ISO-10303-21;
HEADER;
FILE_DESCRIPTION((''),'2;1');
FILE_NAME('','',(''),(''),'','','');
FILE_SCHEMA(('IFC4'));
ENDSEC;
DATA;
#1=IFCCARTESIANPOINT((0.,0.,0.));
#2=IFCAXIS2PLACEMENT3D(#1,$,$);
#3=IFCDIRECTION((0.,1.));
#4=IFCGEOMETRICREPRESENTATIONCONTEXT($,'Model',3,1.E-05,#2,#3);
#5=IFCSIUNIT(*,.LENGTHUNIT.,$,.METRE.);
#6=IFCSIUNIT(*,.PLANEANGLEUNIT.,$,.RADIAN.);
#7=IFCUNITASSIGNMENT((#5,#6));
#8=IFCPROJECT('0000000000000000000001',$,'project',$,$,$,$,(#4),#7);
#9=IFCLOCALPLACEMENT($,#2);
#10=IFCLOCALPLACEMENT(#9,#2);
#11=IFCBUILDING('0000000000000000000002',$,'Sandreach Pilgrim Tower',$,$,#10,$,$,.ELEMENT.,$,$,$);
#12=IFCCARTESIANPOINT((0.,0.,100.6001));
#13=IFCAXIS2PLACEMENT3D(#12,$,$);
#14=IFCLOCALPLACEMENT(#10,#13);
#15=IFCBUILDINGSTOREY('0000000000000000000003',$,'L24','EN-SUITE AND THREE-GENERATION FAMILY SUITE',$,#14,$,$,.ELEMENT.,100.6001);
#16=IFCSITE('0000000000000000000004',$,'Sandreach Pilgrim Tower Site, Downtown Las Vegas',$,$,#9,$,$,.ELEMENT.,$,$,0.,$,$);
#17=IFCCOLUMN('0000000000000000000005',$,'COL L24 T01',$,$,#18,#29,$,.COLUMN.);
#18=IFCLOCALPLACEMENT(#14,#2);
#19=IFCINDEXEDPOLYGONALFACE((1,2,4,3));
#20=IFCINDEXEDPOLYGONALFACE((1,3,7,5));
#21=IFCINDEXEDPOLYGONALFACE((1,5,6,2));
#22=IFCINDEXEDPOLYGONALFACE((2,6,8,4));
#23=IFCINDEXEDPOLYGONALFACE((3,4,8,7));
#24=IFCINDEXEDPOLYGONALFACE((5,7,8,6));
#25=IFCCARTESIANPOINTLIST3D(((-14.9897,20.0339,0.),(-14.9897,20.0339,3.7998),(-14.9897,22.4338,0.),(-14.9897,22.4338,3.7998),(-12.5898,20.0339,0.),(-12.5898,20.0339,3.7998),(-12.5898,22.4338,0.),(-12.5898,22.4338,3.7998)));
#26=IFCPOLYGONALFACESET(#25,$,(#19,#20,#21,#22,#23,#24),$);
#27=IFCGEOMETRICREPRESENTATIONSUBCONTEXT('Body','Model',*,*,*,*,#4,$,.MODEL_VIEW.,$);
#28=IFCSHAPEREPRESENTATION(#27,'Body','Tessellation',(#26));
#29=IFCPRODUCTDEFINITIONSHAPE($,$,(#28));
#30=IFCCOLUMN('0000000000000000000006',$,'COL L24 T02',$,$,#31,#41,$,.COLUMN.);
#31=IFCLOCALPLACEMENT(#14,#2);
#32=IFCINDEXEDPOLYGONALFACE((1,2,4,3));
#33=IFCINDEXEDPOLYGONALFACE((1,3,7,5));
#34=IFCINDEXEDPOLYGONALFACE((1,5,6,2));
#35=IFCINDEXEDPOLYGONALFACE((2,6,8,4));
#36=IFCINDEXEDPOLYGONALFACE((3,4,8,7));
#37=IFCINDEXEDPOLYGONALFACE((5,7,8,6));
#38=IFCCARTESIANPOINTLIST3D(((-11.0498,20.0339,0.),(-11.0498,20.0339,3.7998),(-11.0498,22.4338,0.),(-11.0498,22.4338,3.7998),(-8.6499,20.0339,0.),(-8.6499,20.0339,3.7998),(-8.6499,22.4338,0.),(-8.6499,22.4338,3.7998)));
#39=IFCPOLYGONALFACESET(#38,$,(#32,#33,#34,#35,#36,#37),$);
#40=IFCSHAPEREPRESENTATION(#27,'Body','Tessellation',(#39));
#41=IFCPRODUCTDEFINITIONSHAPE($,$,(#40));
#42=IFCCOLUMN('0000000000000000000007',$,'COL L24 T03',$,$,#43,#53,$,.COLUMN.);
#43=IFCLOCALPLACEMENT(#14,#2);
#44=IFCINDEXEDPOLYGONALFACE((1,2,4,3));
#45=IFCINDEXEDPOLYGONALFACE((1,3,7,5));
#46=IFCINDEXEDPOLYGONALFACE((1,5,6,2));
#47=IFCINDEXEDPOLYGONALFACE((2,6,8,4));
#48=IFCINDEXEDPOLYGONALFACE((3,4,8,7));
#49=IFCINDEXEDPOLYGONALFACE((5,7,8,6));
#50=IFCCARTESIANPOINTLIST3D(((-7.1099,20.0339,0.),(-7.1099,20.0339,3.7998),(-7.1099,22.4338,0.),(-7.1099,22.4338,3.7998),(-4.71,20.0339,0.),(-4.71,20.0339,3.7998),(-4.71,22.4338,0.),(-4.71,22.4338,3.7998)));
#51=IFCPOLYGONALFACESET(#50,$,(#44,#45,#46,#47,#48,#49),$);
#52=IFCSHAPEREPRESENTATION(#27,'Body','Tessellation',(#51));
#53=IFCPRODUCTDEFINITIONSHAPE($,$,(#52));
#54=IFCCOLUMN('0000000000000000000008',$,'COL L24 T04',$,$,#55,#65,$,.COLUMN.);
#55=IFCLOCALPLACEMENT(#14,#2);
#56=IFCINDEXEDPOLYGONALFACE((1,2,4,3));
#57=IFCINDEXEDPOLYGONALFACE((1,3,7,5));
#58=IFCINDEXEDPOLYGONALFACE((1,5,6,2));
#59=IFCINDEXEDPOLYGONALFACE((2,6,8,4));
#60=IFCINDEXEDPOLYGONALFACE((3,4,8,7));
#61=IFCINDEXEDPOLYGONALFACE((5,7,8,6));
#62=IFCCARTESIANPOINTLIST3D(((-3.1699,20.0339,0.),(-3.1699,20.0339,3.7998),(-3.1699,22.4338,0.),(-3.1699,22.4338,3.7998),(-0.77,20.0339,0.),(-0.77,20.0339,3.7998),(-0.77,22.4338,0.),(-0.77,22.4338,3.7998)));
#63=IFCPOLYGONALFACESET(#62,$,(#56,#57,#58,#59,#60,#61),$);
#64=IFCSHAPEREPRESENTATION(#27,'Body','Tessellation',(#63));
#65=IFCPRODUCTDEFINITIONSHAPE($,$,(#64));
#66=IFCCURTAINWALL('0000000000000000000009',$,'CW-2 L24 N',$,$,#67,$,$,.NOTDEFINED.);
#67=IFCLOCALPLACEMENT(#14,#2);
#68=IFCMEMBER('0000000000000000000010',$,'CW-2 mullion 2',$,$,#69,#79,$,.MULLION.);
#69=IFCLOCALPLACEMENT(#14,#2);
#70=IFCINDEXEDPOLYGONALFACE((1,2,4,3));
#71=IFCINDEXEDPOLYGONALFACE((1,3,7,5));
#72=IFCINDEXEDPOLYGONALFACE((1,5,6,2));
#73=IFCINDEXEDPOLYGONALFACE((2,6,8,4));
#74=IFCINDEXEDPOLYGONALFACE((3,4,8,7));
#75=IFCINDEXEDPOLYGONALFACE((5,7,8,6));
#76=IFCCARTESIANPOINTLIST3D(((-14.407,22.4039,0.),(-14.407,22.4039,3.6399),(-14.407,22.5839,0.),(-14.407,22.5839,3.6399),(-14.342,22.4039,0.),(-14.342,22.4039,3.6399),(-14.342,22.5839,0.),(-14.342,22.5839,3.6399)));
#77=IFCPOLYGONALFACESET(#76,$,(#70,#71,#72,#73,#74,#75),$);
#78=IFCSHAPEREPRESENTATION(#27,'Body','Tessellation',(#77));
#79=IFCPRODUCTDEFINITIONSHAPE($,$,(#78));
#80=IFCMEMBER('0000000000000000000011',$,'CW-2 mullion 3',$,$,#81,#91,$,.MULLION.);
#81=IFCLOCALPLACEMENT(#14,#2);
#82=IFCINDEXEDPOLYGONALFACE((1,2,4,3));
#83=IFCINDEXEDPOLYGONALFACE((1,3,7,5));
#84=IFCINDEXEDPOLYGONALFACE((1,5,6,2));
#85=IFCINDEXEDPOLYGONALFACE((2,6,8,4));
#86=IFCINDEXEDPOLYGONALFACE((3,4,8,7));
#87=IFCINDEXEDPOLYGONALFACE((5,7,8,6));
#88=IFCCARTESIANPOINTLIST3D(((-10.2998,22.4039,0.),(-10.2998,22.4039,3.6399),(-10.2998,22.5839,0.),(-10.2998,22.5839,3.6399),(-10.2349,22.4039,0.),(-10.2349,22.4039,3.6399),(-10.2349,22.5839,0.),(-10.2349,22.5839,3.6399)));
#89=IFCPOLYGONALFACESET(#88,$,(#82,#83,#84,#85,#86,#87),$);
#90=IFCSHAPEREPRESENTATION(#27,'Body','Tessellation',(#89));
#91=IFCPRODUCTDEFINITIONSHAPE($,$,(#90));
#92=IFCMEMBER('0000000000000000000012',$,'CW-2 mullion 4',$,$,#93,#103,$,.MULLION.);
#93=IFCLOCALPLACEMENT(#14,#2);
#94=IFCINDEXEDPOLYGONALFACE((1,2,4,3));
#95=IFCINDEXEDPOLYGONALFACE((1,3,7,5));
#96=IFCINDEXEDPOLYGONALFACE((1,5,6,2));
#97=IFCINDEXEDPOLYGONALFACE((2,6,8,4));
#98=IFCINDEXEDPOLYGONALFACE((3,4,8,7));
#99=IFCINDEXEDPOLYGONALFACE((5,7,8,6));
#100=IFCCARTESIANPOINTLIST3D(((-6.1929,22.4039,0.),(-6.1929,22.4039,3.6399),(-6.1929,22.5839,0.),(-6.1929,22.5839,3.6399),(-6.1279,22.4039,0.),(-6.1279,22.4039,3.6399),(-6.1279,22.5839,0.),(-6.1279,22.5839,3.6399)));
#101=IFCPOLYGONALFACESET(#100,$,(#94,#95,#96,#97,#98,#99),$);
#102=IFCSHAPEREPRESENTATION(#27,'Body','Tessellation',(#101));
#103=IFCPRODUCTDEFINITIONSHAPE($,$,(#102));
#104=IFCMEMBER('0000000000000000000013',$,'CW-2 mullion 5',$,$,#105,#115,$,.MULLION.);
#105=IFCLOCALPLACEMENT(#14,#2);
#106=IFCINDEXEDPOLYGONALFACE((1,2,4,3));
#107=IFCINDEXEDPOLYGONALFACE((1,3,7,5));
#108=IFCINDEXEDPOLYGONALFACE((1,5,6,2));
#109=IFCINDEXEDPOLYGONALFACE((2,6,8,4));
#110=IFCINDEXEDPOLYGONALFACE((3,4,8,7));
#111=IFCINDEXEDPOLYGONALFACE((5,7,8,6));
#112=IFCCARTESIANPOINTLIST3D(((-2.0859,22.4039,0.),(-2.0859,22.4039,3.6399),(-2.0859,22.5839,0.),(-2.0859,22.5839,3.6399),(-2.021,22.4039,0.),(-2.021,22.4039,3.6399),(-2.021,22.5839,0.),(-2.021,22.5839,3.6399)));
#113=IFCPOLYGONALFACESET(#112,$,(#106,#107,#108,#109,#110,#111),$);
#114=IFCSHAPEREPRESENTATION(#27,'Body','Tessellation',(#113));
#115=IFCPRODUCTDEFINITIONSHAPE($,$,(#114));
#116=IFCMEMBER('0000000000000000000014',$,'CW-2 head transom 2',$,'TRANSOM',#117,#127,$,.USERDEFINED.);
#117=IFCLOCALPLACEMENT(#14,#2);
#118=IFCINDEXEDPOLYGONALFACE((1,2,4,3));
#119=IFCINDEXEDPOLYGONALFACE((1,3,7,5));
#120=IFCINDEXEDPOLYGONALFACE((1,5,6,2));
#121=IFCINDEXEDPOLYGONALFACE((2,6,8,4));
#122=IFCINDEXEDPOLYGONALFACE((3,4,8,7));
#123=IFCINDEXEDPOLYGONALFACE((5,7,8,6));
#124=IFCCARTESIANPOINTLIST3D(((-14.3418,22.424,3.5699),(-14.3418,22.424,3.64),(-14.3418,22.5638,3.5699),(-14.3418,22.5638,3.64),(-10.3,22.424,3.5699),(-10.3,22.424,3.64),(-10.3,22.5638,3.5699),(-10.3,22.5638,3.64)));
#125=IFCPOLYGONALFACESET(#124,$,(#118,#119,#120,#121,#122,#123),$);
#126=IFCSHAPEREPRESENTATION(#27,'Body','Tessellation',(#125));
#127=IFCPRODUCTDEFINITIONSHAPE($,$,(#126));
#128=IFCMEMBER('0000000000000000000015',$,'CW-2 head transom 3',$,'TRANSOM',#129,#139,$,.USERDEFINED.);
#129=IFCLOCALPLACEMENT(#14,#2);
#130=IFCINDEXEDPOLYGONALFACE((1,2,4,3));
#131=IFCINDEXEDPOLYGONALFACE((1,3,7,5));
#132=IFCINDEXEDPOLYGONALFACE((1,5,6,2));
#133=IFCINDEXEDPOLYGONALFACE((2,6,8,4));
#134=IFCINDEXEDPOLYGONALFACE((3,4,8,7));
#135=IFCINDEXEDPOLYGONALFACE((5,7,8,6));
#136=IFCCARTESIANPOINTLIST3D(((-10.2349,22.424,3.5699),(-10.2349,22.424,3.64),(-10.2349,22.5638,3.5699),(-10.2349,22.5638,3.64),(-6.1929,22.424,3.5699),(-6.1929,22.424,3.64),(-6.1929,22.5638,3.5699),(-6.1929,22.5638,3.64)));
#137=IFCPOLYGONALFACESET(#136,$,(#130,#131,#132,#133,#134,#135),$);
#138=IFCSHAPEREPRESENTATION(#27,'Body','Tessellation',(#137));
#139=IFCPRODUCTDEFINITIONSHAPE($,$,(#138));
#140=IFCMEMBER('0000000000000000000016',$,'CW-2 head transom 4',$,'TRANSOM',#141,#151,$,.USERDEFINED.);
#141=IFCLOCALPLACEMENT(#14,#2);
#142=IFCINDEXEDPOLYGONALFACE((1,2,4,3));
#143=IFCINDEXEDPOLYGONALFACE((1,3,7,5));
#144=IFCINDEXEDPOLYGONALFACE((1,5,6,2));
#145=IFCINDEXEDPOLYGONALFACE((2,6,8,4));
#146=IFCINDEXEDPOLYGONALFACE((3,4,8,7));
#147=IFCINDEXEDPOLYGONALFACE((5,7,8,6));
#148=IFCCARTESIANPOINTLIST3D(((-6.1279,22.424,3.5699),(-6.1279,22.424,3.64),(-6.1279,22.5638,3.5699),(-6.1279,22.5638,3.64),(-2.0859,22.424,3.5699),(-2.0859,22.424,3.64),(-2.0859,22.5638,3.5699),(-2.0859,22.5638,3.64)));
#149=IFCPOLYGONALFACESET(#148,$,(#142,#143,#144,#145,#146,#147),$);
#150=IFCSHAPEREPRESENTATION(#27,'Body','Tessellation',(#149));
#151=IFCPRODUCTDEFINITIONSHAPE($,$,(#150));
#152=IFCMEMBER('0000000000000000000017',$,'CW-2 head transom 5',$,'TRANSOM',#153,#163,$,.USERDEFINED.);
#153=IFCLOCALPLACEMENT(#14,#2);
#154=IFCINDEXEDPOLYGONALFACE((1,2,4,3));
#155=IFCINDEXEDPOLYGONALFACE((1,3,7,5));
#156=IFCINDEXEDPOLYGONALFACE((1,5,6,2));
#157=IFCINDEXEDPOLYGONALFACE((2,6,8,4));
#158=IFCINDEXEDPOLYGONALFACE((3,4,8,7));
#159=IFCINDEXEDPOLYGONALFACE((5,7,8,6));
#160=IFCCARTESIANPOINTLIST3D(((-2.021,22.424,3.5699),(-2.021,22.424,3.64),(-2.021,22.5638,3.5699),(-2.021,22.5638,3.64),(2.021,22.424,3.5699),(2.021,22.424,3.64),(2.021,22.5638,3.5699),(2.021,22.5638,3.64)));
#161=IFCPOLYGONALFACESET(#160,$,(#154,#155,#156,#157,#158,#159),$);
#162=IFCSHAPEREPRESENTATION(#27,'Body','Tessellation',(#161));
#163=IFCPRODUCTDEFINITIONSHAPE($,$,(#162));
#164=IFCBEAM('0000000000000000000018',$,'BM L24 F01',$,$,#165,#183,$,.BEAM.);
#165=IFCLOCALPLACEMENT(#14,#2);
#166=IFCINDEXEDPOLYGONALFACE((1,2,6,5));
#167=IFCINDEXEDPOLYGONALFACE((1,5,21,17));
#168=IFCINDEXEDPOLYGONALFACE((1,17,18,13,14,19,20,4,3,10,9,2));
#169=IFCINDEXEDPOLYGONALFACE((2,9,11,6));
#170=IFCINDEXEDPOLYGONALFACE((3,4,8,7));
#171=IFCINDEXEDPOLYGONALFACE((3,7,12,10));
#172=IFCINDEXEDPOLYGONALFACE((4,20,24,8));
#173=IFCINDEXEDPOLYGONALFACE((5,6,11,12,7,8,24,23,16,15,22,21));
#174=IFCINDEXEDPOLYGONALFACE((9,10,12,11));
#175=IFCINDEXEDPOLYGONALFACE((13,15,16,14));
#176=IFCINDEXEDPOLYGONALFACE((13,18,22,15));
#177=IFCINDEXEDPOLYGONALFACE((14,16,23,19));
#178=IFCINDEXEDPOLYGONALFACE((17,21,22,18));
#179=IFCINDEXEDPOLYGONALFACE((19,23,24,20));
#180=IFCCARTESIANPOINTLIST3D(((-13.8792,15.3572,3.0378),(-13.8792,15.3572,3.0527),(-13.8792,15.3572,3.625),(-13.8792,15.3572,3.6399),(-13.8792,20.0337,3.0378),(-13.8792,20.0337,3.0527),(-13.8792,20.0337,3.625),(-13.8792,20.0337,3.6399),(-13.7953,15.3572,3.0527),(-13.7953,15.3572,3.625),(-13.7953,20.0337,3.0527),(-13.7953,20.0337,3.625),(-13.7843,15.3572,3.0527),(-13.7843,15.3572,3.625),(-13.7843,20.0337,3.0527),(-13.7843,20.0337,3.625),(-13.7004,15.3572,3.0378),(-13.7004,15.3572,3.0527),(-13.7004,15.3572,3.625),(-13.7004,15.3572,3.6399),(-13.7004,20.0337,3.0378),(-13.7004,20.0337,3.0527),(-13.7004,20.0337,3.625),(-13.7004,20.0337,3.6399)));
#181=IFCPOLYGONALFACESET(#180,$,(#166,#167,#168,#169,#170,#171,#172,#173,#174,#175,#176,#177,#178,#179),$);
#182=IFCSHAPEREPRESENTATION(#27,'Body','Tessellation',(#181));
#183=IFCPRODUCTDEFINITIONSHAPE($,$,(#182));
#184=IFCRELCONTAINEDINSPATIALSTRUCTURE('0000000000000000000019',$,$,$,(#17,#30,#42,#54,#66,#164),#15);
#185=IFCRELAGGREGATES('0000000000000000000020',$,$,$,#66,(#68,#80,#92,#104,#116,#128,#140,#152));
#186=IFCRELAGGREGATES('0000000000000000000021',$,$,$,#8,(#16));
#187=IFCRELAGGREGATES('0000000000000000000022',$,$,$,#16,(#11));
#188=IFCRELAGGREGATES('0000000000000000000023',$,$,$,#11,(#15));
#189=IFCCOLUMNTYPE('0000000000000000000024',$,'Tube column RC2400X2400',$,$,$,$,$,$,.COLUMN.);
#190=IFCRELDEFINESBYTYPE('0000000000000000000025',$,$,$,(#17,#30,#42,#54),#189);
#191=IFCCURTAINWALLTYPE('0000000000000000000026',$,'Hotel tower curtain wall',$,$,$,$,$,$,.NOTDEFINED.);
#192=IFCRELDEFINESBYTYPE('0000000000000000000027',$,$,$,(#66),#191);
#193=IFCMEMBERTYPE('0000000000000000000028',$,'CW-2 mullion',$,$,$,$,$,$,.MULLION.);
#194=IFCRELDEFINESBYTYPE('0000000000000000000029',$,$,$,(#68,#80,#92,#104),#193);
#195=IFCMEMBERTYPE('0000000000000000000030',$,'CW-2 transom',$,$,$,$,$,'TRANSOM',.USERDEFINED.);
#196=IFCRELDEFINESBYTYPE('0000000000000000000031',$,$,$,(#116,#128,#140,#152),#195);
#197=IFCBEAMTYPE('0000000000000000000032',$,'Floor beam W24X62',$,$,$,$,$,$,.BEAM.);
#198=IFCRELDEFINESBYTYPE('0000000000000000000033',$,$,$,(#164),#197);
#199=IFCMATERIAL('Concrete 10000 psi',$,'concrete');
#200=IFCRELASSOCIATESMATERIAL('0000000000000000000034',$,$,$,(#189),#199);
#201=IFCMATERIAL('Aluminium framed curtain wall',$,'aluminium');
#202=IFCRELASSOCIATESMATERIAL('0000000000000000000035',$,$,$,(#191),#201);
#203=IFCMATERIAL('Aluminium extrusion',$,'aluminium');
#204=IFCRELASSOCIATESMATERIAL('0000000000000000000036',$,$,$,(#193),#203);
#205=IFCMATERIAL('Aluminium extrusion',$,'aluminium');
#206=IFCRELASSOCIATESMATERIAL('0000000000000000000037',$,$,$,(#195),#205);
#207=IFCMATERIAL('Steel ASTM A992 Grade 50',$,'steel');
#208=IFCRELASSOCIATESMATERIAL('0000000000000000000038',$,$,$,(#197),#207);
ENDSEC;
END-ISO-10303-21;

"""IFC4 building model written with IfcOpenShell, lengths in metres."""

from ifc_helpers import new_model, si_unit, direction, frame, origin, origin_2d, place, context, subcontext, project, spatial, rectangle, i_section, extrude, material, material_profile, profile_set, type_object, element, aggregate, save


model = new_model("IFC4")

# Units and contexts
model_context = context("Model", 3, precision=1e-05, world=origin(), true_north=direction((0.0, 1.0)))
body_context = subcontext(model_context, "Body", "Model", "MODEL_VIEW")
ifc_project = project(units=[si_unit("LENGTHUNIT", "METRE"), si_unit("PLANEANGLEUNIT", "RADIAN")], contexts=[model_context])

# Site, building, storey
site_placement = place(None, origin())
site = spatial("IfcSite", under=ifc_project, at=site_placement, Name="Sandreach Pilgrim Tower Site, Downtown Las Vegas", CompositionType="ELEMENT", RefElevation=0.0)
building_placement = place(site_placement, origin())
building = spatial("IfcBuilding", under=site, at=building_placement, Name="Sandreach Pilgrim Tower", CompositionType="ELEMENT")
storey_placement = place(building_placement, frame((0.0, 0.0, 100.6001)))
storey = spatial("IfcBuildingStorey", under=building, at=storey_placement, Name="L24", Description="EN-SUITE AND THREE-GENERATION FAMILY SUITE", CompositionType="ELEMENT", Elevation=100.6001)

# Columns
ifc_material_1 = material(Name="Concrete 10000 psi", Category="concrete")
ifc_material_profile_1 = material_profile(ifc_material_1, rectangle(XDim=2.3999, YDim=2.3999, at=origin_2d()), Name="RC2400X2400")
ifc_profile_set_1 = profile_set([ifc_material_profile_1], Name="Concrete 10000 psi")
column_type = type_object("IfcColumnType", Name="Tube column RC2400X2400", PredefinedType="COLUMN", material=ifc_profile_set_1)
for number, where, z_axis, x_axis, name in (
    (1, (-13.7898, 21.2339, 0.0), (0.0, 0.0, 1.0), (0.0, 1.0, 0.0), "COL L24 T01"),
    (2, (-9.8499, 21.2339, 0.0), (0.0, 0.0, 1.0), (0.0, 1.0, 0.0), "COL L24 T02"),
    (3, (-5.9099, 21.2339, 0.0), (0.0, 0.0, 1.0), (0.0, 1.0, 0.0), "COL L24 T03"),
    (4, (-1.97, 21.2339, 0.0), (0.0, 0.0, 1.0), (0.0, 1.0, 0.0), "COL L24 T04"),
):
    element("IfcColumn", number, at=place(storey_placement, frame(where, z_axis=z_axis, x_axis=x_axis)), inside=storey, type_object=column_type, Name=name, PredefinedType="COLUMN", context=body_context, shape_type="SweptSolid", body=[
        extrude(rectangle(XDim=2.3999, YDim=2.3999, at=origin_2d()), origin(), (0.0, 0.0, 1.0), 3.7998),
    ])

# Curtain wall, members
ifc_material_2 = material(Name="Aluminium framed curtain wall", Category="aluminium")
curtain_wall_type = type_object("IfcCurtainWallType", Name="Hotel tower curtain wall", PredefinedType="NOTDEFINED", material=ifc_material_2)
curtain_wall_placement = place(storey_placement, origin())
curtain_wall = element("IfcCurtainWall", 5, at=curtain_wall_placement, inside=storey, type_object=curtain_wall_type, Name="CW-2 L24 N", PredefinedType="NOTDEFINED")
ifc_material_3 = material(Name="Aluminium extrusion", Category="aluminium")
ifc_material_profile_2 = material_profile(ifc_material_3, rectangle(XDim=0.0649, YDim=0.1799, at=origin_2d()), Name="CW-2M 65X180")
ifc_profile_set_2 = profile_set([ifc_material_profile_2], Name="Aluminium extrusion")
member_type_1 = type_object("IfcMemberType", Name="CW-2 mullion", PredefinedType="MULLION", material=ifc_profile_set_2)
member_1_placement = place(storey_placement, frame((-14.3745, 22.4939, 0.0), z_axis=(0.0, 0.0, 1.0), x_axis=(1.0, 0.0, 0.0)))
member_1 = element("IfcMember", 6, at=member_1_placement, type_object=member_type_1, Name="CW-2 mullion 2", PredefinedType="MULLION", context=body_context, shape_type="SweptSolid", body=[
    extrude(rectangle(XDim=0.0649, YDim=0.1799, at=origin_2d()), origin(), (0.0, 0.0, 1.0), 3.6399),
])
member_2_placement = place(storey_placement, frame((-10.2673, 22.4939, 0.0), z_axis=(0.0, 0.0, 1.0), x_axis=(1.0, 0.0, 0.0)))
member_2 = element("IfcMember", 7, at=member_2_placement, type_object=member_type_1, Name="CW-2 mullion 3", PredefinedType="MULLION", context=body_context, shape_type="SweptSolid", body=[
    extrude(rectangle(XDim=0.0649, YDim=0.1799, at=origin_2d()), origin(), (0.0, 0.0, 1.0), 3.6399),
])
member_3_placement = place(storey_placement, frame((-6.1604, 22.4939, 0.0), z_axis=(0.0, 0.0, 1.0), x_axis=(1.0, 0.0, 0.0)))
member_3 = element("IfcMember", 8, at=member_3_placement, type_object=member_type_1, Name="CW-2 mullion 4", PredefinedType="MULLION", context=body_context, shape_type="SweptSolid", body=[
    extrude(rectangle(XDim=0.0649, YDim=0.1799, at=origin_2d()), origin(), (0.0, 0.0, 1.0), 3.6399),
])
member_4_placement = place(storey_placement, frame((-2.0535, 22.4939, 0.0), z_axis=(0.0, 0.0, 1.0), x_axis=(1.0, 0.0, 0.0)))
member_4 = element("IfcMember", 9, at=member_4_placement, type_object=member_type_1, Name="CW-2 mullion 5", PredefinedType="MULLION", context=body_context, shape_type="SweptSolid", body=[
    extrude(rectangle(XDim=0.0649, YDim=0.1799, at=origin_2d()), origin(), (0.0, 0.0, 1.0), 3.6399),
])
ifc_material_4 = material(Name="Aluminium extrusion", Category="aluminium")
ifc_material_profile_3 = material_profile(ifc_material_4, rectangle(XDim=0.1399, YDim=0.0701, at=origin_2d()), Name="CW-2T 140X70")
ifc_profile_set_3 = profile_set([ifc_material_profile_3], Name="Aluminium extrusion")
member_type_2 = type_object("IfcMemberType", Name="CW-2 transom", ElementType="TRANSOM", PredefinedType="USERDEFINED", material=ifc_profile_set_3)
member_5_placement = place(storey_placement, frame((-14.3418, 22.4939, 3.605), z_axis=(1.0, 0.0, 0.0), x_axis=(0.0, 1.0, 0.0)))
member_5 = element("IfcMember", 10, at=member_5_placement, type_object=member_type_2, Name="CW-2 head transom 2", ObjectType="TRANSOM", PredefinedType="USERDEFINED", context=body_context, shape_type="SweptSolid", body=[
    extrude(rectangle(XDim=0.1399, YDim=0.0701, at=origin_2d()), origin(), (0.0, 0.0, 1.0), 4.0417),
])
member_6_placement = place(storey_placement, frame((-10.2349, 22.4939, 3.605), z_axis=(1.0, 0.0, 0.0), x_axis=(0.0, 1.0, 0.0)))
member_6 = element("IfcMember", 11, at=member_6_placement, type_object=member_type_2, Name="CW-2 head transom 3", ObjectType="TRANSOM", PredefinedType="USERDEFINED", context=body_context, shape_type="SweptSolid", body=[
    extrude(rectangle(XDim=0.1399, YDim=0.0701, at=origin_2d()), origin(), (0.0, 0.0, 1.0), 4.042),
])
member_7_placement = place(storey_placement, frame((-6.1279, 22.4939, 3.605), z_axis=(1.0, 0.0, 0.0), x_axis=(0.0, 1.0, 0.0)))
member_7 = element("IfcMember", 12, at=member_7_placement, type_object=member_type_2, Name="CW-2 head transom 4", ObjectType="TRANSOM", PredefinedType="USERDEFINED", context=body_context, shape_type="SweptSolid", body=[
    extrude(rectangle(XDim=0.1399, YDim=0.0701, at=origin_2d()), origin(), (0.0, 0.0, 1.0), 4.042),
])
member_8_placement = place(storey_placement, frame((-2.021, 22.4939, 3.605), z_axis=(1.0, 0.0, 0.0), x_axis=(0.0, 1.0, 0.0)))
member_8 = element("IfcMember", 13, at=member_8_placement, type_object=member_type_2, Name="CW-2 head transom 5", ObjectType="TRANSOM", PredefinedType="USERDEFINED", context=body_context, shape_type="SweptSolid", body=[
    extrude(rectangle(XDim=0.1399, YDim=0.0701, at=origin_2d()), origin(), (0.0, 0.0, 1.0), 4.042),
])

# Beam
ifc_material_5 = material(Name="Steel ASTM A992 Grade 50", Category="steel")
ifc_material_profile_4 = material_profile(ifc_material_5, i_section(OverallWidth=0.1787, OverallDepth=0.6021, WebThickness=0.011, FlangeThickness=0.0149, at=origin_2d()), Name="W24X62")
ifc_profile_set_4 = profile_set([ifc_material_profile_4], Name="Steel ASTM A992 Grade 50")
beam_type_1 = type_object("IfcBeamType", Name="Floor beam W24X62", PredefinedType="BEAM", material=ifc_profile_set_4)
beam_1_placement = place(storey_placement, frame((-13.7898, 20.0337, 3.3389), z_axis=(0.0, -1.0, 0.0), x_axis=(1.0, 0.0, 0.0)))
element("IfcBeam", 14, at=beam_1_placement, inside=storey, type_object=beam_type_1, Name="BM L24 F01", PredefinedType="BEAM", context=body_context, shape_type="SweptSolid", body=[
    extrude(i_section(OverallWidth=0.1787, OverallDepth=0.6021, WebThickness=0.011, FlangeThickness=0.0149, at=origin_2d()), origin(), (0.0, 0.0, 1.0), 4.6765),
])

aggregate(curtain_wall, [member_1, member_2, member_3, member_4, member_5, member_6, member_7, member_8])

save(model, "model.ifc")
